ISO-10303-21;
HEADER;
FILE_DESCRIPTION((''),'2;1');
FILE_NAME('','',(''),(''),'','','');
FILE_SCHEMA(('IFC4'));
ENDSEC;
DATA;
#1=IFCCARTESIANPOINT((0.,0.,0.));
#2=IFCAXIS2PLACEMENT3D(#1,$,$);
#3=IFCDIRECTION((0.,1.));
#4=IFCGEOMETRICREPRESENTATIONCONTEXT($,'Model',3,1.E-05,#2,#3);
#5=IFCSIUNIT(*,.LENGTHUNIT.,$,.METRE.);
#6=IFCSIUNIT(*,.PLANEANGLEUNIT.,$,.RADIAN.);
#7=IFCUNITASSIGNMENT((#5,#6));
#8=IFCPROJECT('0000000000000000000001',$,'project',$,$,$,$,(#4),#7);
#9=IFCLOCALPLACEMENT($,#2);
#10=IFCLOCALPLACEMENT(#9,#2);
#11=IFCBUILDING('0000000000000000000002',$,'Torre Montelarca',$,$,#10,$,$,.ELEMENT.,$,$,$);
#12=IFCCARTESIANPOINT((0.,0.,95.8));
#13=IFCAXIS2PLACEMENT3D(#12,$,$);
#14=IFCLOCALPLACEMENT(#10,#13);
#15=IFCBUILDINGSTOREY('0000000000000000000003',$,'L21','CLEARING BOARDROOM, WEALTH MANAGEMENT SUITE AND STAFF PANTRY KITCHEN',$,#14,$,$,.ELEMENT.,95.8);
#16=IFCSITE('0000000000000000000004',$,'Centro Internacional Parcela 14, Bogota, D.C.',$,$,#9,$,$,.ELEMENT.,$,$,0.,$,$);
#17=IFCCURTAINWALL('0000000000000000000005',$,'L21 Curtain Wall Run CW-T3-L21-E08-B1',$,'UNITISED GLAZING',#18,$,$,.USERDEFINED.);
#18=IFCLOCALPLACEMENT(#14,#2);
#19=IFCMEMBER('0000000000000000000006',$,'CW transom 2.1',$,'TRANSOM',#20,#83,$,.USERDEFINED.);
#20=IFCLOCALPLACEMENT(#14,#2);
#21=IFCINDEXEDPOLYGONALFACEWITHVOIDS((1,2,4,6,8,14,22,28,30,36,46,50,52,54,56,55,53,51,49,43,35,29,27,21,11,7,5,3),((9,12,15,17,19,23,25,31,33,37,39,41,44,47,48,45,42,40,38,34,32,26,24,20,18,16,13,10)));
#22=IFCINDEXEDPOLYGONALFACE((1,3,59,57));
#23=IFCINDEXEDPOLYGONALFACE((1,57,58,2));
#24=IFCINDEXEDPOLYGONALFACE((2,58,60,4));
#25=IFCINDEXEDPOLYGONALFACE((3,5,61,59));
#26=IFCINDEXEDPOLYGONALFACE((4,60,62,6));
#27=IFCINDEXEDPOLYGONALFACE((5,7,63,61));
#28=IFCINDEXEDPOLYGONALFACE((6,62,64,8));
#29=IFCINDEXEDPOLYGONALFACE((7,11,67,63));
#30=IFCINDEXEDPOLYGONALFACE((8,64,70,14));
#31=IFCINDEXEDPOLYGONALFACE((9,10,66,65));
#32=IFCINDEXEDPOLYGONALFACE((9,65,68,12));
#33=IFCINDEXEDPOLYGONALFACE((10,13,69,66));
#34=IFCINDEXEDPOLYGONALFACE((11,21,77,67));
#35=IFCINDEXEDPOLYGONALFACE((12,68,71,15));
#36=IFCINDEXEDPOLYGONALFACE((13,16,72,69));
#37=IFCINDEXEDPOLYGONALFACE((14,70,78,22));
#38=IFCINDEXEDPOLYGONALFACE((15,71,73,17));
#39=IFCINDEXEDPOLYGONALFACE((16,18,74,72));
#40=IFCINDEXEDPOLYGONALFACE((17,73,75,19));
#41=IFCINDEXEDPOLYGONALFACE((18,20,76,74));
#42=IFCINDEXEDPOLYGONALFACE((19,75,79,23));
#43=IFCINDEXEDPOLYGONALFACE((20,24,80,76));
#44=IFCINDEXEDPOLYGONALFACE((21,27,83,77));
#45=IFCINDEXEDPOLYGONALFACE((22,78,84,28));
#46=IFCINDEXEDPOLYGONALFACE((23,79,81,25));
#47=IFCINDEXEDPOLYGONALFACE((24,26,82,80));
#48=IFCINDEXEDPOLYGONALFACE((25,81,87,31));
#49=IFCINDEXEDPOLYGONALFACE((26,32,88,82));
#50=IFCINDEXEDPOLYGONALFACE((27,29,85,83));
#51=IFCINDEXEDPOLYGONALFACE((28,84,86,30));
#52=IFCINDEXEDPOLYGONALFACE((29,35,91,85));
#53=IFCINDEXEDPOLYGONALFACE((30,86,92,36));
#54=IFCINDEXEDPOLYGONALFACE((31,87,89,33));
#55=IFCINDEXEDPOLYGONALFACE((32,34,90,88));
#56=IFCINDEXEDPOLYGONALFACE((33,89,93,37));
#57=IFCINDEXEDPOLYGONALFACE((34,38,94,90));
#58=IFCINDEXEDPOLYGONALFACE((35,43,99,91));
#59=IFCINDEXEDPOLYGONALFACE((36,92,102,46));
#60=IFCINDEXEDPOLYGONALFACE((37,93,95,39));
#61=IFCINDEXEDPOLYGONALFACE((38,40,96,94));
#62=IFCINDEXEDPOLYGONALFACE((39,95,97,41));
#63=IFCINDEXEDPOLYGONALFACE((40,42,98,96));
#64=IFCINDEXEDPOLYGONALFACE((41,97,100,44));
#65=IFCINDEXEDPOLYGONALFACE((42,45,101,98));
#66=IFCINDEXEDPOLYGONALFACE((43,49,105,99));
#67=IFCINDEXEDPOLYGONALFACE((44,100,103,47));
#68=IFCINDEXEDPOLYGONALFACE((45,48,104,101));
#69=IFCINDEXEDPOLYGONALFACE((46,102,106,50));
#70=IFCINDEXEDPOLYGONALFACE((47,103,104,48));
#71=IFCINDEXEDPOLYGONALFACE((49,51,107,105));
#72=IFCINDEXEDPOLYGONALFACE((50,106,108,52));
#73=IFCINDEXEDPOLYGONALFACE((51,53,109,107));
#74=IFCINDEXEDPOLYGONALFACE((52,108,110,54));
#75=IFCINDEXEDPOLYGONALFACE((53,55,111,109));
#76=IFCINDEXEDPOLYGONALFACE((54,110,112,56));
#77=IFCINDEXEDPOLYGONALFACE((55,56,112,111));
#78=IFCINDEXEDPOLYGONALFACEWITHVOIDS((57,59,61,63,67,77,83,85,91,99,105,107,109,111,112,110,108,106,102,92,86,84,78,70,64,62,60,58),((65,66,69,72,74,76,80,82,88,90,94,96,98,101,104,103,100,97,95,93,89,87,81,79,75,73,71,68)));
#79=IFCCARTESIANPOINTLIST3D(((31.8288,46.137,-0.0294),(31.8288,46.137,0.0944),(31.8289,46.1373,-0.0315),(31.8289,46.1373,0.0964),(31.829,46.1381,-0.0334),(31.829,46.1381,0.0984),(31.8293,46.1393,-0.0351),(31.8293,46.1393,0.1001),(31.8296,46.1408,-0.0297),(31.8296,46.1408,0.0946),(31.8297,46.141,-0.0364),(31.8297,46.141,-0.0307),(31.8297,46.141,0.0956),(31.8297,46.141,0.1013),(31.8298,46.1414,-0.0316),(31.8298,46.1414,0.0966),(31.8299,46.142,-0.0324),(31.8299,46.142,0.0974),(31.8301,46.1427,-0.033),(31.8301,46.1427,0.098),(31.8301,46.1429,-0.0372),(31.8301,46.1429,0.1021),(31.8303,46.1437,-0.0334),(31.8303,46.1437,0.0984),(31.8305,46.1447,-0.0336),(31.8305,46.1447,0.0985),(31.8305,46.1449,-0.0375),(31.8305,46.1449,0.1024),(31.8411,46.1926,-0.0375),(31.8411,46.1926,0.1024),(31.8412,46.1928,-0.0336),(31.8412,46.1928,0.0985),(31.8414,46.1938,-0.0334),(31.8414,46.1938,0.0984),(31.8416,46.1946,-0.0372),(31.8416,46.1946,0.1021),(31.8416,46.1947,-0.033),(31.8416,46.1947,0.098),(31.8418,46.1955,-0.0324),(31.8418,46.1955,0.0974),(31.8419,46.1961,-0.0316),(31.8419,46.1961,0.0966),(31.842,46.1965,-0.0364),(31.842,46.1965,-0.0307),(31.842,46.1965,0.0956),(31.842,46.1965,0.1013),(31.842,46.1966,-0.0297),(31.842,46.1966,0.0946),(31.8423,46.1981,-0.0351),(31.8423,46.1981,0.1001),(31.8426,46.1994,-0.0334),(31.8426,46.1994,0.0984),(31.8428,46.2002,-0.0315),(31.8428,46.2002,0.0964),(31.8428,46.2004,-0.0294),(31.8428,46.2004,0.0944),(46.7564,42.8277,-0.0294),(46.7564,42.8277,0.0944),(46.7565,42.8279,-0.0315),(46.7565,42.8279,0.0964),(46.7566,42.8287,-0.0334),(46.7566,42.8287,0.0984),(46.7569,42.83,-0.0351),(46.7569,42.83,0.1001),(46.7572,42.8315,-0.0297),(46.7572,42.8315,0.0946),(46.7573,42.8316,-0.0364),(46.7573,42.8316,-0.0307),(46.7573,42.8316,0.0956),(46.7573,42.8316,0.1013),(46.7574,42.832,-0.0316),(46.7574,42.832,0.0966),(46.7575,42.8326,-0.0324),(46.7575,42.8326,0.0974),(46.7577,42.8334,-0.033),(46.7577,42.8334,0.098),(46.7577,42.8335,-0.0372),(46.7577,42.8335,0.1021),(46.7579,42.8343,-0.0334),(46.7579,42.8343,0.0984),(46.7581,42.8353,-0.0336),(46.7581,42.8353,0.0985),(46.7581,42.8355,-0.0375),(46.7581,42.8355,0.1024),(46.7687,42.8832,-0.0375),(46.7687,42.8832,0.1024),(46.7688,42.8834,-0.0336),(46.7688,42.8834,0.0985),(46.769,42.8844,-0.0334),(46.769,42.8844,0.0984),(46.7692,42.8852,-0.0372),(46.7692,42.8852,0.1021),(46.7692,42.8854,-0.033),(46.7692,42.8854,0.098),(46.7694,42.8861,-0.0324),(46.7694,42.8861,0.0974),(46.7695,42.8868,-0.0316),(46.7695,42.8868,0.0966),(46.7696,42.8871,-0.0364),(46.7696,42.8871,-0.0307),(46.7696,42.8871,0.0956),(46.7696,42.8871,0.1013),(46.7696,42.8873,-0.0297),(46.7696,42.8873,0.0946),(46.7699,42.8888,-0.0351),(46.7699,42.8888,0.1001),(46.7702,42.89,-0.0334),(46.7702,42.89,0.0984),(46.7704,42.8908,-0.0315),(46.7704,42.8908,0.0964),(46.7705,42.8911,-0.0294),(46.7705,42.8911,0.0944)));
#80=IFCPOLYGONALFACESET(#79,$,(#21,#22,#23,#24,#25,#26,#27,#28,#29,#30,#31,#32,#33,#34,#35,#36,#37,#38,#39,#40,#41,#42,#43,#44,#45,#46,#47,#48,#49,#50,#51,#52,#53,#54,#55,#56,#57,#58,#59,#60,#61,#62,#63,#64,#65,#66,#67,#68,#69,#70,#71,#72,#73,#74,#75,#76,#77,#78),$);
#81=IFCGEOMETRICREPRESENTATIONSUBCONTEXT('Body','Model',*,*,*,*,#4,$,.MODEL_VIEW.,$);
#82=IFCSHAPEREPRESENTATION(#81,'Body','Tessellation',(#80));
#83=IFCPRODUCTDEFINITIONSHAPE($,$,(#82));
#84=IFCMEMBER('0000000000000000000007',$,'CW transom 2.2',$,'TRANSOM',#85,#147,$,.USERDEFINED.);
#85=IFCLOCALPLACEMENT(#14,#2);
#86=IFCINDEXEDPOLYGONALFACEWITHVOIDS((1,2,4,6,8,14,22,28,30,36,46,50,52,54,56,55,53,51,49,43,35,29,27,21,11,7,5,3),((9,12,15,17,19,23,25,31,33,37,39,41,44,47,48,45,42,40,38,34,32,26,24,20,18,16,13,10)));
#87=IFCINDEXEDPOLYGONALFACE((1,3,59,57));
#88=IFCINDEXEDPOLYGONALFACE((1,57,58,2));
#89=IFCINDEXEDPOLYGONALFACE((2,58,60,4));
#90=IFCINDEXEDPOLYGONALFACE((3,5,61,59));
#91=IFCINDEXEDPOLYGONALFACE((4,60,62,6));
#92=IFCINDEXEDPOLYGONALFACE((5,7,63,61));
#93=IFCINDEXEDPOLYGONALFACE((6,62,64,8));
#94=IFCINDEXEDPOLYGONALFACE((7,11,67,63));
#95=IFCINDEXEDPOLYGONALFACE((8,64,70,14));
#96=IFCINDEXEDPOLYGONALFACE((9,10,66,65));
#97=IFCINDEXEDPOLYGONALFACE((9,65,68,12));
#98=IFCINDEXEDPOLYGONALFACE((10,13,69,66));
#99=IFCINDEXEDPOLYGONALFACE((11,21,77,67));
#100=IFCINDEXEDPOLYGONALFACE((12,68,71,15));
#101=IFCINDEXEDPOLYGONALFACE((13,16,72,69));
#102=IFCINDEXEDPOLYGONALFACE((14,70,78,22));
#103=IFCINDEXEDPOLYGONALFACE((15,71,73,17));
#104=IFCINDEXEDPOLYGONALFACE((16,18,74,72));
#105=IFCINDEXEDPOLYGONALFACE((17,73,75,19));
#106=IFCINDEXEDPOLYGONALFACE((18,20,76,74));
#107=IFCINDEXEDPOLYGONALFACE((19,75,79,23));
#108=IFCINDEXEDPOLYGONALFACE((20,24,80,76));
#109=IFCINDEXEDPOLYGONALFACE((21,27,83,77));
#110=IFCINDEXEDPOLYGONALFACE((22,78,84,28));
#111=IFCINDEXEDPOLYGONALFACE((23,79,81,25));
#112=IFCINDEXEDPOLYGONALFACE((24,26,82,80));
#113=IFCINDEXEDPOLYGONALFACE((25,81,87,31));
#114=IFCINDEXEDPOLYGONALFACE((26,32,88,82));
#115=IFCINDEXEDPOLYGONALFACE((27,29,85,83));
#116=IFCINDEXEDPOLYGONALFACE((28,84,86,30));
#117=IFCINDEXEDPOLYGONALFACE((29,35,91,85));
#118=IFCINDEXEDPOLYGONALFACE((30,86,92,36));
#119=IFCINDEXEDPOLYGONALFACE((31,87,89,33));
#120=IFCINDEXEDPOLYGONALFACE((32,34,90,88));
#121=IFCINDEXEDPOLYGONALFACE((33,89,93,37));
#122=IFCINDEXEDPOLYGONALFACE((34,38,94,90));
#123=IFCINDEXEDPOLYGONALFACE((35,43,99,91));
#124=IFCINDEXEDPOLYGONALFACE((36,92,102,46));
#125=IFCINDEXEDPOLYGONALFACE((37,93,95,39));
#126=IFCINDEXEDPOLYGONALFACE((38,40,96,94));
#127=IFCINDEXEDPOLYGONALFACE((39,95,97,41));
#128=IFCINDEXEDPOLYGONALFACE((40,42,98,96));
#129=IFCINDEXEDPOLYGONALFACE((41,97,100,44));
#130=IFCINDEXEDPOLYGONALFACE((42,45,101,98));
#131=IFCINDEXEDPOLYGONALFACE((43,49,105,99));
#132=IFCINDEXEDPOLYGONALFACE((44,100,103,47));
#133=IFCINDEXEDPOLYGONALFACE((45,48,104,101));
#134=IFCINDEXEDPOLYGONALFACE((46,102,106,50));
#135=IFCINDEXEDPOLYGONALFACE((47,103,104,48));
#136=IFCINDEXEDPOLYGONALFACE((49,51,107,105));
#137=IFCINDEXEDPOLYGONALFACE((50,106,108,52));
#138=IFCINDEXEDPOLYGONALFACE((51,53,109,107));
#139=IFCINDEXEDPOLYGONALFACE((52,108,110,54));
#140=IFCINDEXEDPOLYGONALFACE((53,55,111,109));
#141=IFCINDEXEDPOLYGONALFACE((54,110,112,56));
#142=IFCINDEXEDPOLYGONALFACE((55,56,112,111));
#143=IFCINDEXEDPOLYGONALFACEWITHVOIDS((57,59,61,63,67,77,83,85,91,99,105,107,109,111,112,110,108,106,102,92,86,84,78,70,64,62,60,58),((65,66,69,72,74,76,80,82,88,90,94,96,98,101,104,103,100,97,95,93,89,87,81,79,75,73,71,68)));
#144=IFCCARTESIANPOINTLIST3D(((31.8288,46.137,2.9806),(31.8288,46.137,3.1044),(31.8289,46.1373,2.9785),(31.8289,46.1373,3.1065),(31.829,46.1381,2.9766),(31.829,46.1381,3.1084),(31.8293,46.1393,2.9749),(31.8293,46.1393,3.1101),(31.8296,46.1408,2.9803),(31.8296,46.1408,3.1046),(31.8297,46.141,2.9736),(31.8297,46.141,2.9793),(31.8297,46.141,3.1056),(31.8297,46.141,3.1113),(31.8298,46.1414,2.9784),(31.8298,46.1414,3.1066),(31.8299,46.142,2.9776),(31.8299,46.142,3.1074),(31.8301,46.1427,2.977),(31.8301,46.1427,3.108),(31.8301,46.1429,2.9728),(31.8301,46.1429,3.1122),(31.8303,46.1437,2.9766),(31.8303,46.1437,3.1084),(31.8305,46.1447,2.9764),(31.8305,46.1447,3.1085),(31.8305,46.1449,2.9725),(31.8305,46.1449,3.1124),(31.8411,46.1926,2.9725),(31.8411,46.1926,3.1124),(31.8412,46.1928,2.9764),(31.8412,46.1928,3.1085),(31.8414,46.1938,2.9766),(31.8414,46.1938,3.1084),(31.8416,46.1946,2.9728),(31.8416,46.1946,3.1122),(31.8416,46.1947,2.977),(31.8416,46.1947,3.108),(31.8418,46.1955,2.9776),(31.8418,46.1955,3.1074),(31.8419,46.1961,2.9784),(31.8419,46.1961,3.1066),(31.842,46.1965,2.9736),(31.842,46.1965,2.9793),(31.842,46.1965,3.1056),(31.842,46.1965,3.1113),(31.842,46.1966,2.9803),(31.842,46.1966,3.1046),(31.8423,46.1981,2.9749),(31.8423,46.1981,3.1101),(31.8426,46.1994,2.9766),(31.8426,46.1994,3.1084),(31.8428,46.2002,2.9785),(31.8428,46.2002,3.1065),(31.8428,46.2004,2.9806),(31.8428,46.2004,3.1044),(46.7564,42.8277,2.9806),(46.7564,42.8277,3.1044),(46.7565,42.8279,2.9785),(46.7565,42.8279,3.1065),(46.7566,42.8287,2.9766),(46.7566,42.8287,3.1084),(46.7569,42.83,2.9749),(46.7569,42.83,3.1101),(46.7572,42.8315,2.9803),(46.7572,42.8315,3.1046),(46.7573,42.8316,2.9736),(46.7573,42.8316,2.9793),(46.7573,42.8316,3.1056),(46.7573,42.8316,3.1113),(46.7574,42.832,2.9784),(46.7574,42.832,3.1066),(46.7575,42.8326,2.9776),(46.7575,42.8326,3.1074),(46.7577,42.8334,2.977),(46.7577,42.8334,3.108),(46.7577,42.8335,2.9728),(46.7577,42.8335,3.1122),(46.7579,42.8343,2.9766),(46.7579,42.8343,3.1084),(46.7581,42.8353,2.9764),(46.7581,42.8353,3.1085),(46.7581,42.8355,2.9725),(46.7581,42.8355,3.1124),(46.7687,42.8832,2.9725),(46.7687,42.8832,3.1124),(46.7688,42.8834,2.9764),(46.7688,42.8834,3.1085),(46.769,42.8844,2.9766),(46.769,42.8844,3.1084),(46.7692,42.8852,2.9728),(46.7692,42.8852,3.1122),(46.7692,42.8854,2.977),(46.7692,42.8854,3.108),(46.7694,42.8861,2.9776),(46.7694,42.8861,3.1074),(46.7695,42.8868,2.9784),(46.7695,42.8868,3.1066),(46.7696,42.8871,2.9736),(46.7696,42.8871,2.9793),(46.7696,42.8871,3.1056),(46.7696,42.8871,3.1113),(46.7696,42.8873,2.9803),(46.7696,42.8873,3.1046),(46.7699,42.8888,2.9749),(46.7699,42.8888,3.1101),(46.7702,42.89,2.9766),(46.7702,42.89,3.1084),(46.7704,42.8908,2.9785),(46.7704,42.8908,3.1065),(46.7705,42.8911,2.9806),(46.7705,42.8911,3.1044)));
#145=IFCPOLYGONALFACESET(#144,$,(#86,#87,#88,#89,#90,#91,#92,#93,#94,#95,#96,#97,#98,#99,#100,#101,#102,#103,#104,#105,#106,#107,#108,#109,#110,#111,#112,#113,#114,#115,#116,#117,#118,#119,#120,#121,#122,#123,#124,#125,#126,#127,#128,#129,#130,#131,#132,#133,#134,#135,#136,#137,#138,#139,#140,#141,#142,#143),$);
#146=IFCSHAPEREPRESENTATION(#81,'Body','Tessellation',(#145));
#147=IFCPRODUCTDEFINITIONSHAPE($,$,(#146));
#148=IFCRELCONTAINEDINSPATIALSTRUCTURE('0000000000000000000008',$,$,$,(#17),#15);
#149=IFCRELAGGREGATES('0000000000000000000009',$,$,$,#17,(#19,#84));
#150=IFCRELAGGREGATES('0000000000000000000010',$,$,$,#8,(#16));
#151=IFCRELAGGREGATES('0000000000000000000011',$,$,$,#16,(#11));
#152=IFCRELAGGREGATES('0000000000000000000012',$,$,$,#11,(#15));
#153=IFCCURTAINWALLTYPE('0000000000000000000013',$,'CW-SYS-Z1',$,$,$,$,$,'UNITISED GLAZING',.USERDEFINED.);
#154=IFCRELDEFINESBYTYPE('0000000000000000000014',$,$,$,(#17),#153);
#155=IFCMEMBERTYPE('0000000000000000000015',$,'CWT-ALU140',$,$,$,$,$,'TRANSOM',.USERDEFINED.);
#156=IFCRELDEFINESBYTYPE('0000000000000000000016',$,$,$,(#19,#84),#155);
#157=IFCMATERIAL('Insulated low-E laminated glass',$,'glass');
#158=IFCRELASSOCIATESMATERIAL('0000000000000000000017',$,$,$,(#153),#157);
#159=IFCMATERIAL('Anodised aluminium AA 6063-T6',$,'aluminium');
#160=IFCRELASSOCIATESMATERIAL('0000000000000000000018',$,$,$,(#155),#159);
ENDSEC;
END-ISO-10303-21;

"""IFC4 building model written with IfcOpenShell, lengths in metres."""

from ifc_helpers import new_model, si_unit, direction, frame, origin, origin_2d, place, context, subcontext, project, spatial, hollow_rectangle, extrude, source, transform, mapped, material, material_profile, profile_set, type_object, element, aggregate, save


model = new_model("IFC4")

# Units and contexts
model_context = context("Model", 3, precision=1e-05, world=origin(), true_north=direction((0.0, 1.0)))
body_context = subcontext(model_context, "Body", "Model", "MODEL_VIEW")
ifc_project = project(units=[si_unit("LENGTHUNIT", "METRE"), si_unit("PLANEANGLEUNIT", "RADIAN")], contexts=[model_context])

# Site, building, storey
site_placement = place(None, origin())
site = spatial("IfcSite", under=ifc_project, at=site_placement, Name="Centro Internacional Parcela 14, Bogota, D.C.", CompositionType="ELEMENT", RefElevation=0.0)
building_placement = place(site_placement, origin())
building = spatial("IfcBuilding", under=site, at=building_placement, Name="Torre Montelarca", CompositionType="ELEMENT")
storey_placement = place(building_placement, frame((0.0, 0.0, 95.8)))
storey = spatial("IfcBuildingStorey", under=building, at=storey_placement, Name="L21", Description="CLEARING BOARDROOM, WEALTH MANAGEMENT SUITE AND STAFF PANTRY KITCHEN", CompositionType="ELEMENT", Elevation=95.8)

# Shared definitions
ifc_material_1 = material(Name="Insulated low-E laminated glass", Category="glass")
curtain_wall_type = type_object("IfcCurtainWallType", Name="CW-SYS-Z1", ElementType="UNITISED GLAZING", PredefinedType="USERDEFINED", material=ifc_material_1)
ifc_material_2 = material(Name="Anodised aluminium AA 6063-T6", Category="aluminium")
ifc_material_profile_1 = material_profile(ifc_material_2, hollow_rectangle(XDim=0.0649, YDim=0.1399, WallThickness=0.0039, InnerFilletRadius=0.0039, OuterFilletRadius=0.0081, at=origin_2d()), Name="ALU65X140X4", Category="aluminium")
ifc_profile_set_1 = profile_set([ifc_material_profile_1], Name="Anodised aluminium AA 6063-T6")
member_type_1 = type_object("IfcMemberType", Name="CWT-ALU140", ElementType="TRANSOM", PredefinedType="USERDEFINED", material=ifc_profile_set_1)

# Curtain wall, members
curtain_wall_1_placement = place(storey_placement, origin())
curtain_wall_1 = element("IfcCurtainWall", 1, at=curtain_wall_1_placement, inside=storey, type_object=curtain_wall_type, Name="L21 Curtain Wall Run CW-T3-L21-E08-B1", ObjectType="UNITISED GLAZING", PredefinedType="USERDEFINED")
shared_shape_1 = source(origin(), body_context, "Body", "SweptSolid", [
    extrude(hollow_rectangle(XDim=0.0649, YDim=0.1399, WallThickness=0.0039, InnerFilletRadius=0.0039, OuterFilletRadius=0.0081, at=origin_2d()), origin(), (0.0, 0.0, 1.0), 15.29),
])
member_1_placement = place(storey_placement, frame((46.7634, 42.8594, 0.0325), z_axis=(-0.976296, 0.216438, 0.0), x_axis=(-0.216438, -0.976296, 0.0)))
member_1 = element("IfcMember", 2, at=member_1_placement, type_object=member_type_1, Name="CW transom 2.1", ObjectType="TRANSOM", PredefinedType="USERDEFINED", context=body_context, shape_type="MappedRepresentation", body=[
    mapped(shared_shape_1, transform((0.0, 0.0, 0.0), scale=1.0)),
])
member_2_placement = place(storey_placement, frame((46.7634, 42.8594, 3.0425), z_axis=(-0.976296, 0.216438, 0.0), x_axis=(-0.216438, -0.976296, 0.0)))
member_2 = element("IfcMember", 3, at=member_2_placement, type_object=member_type_1, Name="CW transom 2.2", ObjectType="TRANSOM", PredefinedType="USERDEFINED", context=body_context, shape_type="MappedRepresentation", body=[
    mapped(shared_shape_1, transform((0.0, 0.0, 0.0), scale=1.0)),
])

aggregate(curtain_wall_1, [member_1, member_2])

save(model, "model.ifc")
